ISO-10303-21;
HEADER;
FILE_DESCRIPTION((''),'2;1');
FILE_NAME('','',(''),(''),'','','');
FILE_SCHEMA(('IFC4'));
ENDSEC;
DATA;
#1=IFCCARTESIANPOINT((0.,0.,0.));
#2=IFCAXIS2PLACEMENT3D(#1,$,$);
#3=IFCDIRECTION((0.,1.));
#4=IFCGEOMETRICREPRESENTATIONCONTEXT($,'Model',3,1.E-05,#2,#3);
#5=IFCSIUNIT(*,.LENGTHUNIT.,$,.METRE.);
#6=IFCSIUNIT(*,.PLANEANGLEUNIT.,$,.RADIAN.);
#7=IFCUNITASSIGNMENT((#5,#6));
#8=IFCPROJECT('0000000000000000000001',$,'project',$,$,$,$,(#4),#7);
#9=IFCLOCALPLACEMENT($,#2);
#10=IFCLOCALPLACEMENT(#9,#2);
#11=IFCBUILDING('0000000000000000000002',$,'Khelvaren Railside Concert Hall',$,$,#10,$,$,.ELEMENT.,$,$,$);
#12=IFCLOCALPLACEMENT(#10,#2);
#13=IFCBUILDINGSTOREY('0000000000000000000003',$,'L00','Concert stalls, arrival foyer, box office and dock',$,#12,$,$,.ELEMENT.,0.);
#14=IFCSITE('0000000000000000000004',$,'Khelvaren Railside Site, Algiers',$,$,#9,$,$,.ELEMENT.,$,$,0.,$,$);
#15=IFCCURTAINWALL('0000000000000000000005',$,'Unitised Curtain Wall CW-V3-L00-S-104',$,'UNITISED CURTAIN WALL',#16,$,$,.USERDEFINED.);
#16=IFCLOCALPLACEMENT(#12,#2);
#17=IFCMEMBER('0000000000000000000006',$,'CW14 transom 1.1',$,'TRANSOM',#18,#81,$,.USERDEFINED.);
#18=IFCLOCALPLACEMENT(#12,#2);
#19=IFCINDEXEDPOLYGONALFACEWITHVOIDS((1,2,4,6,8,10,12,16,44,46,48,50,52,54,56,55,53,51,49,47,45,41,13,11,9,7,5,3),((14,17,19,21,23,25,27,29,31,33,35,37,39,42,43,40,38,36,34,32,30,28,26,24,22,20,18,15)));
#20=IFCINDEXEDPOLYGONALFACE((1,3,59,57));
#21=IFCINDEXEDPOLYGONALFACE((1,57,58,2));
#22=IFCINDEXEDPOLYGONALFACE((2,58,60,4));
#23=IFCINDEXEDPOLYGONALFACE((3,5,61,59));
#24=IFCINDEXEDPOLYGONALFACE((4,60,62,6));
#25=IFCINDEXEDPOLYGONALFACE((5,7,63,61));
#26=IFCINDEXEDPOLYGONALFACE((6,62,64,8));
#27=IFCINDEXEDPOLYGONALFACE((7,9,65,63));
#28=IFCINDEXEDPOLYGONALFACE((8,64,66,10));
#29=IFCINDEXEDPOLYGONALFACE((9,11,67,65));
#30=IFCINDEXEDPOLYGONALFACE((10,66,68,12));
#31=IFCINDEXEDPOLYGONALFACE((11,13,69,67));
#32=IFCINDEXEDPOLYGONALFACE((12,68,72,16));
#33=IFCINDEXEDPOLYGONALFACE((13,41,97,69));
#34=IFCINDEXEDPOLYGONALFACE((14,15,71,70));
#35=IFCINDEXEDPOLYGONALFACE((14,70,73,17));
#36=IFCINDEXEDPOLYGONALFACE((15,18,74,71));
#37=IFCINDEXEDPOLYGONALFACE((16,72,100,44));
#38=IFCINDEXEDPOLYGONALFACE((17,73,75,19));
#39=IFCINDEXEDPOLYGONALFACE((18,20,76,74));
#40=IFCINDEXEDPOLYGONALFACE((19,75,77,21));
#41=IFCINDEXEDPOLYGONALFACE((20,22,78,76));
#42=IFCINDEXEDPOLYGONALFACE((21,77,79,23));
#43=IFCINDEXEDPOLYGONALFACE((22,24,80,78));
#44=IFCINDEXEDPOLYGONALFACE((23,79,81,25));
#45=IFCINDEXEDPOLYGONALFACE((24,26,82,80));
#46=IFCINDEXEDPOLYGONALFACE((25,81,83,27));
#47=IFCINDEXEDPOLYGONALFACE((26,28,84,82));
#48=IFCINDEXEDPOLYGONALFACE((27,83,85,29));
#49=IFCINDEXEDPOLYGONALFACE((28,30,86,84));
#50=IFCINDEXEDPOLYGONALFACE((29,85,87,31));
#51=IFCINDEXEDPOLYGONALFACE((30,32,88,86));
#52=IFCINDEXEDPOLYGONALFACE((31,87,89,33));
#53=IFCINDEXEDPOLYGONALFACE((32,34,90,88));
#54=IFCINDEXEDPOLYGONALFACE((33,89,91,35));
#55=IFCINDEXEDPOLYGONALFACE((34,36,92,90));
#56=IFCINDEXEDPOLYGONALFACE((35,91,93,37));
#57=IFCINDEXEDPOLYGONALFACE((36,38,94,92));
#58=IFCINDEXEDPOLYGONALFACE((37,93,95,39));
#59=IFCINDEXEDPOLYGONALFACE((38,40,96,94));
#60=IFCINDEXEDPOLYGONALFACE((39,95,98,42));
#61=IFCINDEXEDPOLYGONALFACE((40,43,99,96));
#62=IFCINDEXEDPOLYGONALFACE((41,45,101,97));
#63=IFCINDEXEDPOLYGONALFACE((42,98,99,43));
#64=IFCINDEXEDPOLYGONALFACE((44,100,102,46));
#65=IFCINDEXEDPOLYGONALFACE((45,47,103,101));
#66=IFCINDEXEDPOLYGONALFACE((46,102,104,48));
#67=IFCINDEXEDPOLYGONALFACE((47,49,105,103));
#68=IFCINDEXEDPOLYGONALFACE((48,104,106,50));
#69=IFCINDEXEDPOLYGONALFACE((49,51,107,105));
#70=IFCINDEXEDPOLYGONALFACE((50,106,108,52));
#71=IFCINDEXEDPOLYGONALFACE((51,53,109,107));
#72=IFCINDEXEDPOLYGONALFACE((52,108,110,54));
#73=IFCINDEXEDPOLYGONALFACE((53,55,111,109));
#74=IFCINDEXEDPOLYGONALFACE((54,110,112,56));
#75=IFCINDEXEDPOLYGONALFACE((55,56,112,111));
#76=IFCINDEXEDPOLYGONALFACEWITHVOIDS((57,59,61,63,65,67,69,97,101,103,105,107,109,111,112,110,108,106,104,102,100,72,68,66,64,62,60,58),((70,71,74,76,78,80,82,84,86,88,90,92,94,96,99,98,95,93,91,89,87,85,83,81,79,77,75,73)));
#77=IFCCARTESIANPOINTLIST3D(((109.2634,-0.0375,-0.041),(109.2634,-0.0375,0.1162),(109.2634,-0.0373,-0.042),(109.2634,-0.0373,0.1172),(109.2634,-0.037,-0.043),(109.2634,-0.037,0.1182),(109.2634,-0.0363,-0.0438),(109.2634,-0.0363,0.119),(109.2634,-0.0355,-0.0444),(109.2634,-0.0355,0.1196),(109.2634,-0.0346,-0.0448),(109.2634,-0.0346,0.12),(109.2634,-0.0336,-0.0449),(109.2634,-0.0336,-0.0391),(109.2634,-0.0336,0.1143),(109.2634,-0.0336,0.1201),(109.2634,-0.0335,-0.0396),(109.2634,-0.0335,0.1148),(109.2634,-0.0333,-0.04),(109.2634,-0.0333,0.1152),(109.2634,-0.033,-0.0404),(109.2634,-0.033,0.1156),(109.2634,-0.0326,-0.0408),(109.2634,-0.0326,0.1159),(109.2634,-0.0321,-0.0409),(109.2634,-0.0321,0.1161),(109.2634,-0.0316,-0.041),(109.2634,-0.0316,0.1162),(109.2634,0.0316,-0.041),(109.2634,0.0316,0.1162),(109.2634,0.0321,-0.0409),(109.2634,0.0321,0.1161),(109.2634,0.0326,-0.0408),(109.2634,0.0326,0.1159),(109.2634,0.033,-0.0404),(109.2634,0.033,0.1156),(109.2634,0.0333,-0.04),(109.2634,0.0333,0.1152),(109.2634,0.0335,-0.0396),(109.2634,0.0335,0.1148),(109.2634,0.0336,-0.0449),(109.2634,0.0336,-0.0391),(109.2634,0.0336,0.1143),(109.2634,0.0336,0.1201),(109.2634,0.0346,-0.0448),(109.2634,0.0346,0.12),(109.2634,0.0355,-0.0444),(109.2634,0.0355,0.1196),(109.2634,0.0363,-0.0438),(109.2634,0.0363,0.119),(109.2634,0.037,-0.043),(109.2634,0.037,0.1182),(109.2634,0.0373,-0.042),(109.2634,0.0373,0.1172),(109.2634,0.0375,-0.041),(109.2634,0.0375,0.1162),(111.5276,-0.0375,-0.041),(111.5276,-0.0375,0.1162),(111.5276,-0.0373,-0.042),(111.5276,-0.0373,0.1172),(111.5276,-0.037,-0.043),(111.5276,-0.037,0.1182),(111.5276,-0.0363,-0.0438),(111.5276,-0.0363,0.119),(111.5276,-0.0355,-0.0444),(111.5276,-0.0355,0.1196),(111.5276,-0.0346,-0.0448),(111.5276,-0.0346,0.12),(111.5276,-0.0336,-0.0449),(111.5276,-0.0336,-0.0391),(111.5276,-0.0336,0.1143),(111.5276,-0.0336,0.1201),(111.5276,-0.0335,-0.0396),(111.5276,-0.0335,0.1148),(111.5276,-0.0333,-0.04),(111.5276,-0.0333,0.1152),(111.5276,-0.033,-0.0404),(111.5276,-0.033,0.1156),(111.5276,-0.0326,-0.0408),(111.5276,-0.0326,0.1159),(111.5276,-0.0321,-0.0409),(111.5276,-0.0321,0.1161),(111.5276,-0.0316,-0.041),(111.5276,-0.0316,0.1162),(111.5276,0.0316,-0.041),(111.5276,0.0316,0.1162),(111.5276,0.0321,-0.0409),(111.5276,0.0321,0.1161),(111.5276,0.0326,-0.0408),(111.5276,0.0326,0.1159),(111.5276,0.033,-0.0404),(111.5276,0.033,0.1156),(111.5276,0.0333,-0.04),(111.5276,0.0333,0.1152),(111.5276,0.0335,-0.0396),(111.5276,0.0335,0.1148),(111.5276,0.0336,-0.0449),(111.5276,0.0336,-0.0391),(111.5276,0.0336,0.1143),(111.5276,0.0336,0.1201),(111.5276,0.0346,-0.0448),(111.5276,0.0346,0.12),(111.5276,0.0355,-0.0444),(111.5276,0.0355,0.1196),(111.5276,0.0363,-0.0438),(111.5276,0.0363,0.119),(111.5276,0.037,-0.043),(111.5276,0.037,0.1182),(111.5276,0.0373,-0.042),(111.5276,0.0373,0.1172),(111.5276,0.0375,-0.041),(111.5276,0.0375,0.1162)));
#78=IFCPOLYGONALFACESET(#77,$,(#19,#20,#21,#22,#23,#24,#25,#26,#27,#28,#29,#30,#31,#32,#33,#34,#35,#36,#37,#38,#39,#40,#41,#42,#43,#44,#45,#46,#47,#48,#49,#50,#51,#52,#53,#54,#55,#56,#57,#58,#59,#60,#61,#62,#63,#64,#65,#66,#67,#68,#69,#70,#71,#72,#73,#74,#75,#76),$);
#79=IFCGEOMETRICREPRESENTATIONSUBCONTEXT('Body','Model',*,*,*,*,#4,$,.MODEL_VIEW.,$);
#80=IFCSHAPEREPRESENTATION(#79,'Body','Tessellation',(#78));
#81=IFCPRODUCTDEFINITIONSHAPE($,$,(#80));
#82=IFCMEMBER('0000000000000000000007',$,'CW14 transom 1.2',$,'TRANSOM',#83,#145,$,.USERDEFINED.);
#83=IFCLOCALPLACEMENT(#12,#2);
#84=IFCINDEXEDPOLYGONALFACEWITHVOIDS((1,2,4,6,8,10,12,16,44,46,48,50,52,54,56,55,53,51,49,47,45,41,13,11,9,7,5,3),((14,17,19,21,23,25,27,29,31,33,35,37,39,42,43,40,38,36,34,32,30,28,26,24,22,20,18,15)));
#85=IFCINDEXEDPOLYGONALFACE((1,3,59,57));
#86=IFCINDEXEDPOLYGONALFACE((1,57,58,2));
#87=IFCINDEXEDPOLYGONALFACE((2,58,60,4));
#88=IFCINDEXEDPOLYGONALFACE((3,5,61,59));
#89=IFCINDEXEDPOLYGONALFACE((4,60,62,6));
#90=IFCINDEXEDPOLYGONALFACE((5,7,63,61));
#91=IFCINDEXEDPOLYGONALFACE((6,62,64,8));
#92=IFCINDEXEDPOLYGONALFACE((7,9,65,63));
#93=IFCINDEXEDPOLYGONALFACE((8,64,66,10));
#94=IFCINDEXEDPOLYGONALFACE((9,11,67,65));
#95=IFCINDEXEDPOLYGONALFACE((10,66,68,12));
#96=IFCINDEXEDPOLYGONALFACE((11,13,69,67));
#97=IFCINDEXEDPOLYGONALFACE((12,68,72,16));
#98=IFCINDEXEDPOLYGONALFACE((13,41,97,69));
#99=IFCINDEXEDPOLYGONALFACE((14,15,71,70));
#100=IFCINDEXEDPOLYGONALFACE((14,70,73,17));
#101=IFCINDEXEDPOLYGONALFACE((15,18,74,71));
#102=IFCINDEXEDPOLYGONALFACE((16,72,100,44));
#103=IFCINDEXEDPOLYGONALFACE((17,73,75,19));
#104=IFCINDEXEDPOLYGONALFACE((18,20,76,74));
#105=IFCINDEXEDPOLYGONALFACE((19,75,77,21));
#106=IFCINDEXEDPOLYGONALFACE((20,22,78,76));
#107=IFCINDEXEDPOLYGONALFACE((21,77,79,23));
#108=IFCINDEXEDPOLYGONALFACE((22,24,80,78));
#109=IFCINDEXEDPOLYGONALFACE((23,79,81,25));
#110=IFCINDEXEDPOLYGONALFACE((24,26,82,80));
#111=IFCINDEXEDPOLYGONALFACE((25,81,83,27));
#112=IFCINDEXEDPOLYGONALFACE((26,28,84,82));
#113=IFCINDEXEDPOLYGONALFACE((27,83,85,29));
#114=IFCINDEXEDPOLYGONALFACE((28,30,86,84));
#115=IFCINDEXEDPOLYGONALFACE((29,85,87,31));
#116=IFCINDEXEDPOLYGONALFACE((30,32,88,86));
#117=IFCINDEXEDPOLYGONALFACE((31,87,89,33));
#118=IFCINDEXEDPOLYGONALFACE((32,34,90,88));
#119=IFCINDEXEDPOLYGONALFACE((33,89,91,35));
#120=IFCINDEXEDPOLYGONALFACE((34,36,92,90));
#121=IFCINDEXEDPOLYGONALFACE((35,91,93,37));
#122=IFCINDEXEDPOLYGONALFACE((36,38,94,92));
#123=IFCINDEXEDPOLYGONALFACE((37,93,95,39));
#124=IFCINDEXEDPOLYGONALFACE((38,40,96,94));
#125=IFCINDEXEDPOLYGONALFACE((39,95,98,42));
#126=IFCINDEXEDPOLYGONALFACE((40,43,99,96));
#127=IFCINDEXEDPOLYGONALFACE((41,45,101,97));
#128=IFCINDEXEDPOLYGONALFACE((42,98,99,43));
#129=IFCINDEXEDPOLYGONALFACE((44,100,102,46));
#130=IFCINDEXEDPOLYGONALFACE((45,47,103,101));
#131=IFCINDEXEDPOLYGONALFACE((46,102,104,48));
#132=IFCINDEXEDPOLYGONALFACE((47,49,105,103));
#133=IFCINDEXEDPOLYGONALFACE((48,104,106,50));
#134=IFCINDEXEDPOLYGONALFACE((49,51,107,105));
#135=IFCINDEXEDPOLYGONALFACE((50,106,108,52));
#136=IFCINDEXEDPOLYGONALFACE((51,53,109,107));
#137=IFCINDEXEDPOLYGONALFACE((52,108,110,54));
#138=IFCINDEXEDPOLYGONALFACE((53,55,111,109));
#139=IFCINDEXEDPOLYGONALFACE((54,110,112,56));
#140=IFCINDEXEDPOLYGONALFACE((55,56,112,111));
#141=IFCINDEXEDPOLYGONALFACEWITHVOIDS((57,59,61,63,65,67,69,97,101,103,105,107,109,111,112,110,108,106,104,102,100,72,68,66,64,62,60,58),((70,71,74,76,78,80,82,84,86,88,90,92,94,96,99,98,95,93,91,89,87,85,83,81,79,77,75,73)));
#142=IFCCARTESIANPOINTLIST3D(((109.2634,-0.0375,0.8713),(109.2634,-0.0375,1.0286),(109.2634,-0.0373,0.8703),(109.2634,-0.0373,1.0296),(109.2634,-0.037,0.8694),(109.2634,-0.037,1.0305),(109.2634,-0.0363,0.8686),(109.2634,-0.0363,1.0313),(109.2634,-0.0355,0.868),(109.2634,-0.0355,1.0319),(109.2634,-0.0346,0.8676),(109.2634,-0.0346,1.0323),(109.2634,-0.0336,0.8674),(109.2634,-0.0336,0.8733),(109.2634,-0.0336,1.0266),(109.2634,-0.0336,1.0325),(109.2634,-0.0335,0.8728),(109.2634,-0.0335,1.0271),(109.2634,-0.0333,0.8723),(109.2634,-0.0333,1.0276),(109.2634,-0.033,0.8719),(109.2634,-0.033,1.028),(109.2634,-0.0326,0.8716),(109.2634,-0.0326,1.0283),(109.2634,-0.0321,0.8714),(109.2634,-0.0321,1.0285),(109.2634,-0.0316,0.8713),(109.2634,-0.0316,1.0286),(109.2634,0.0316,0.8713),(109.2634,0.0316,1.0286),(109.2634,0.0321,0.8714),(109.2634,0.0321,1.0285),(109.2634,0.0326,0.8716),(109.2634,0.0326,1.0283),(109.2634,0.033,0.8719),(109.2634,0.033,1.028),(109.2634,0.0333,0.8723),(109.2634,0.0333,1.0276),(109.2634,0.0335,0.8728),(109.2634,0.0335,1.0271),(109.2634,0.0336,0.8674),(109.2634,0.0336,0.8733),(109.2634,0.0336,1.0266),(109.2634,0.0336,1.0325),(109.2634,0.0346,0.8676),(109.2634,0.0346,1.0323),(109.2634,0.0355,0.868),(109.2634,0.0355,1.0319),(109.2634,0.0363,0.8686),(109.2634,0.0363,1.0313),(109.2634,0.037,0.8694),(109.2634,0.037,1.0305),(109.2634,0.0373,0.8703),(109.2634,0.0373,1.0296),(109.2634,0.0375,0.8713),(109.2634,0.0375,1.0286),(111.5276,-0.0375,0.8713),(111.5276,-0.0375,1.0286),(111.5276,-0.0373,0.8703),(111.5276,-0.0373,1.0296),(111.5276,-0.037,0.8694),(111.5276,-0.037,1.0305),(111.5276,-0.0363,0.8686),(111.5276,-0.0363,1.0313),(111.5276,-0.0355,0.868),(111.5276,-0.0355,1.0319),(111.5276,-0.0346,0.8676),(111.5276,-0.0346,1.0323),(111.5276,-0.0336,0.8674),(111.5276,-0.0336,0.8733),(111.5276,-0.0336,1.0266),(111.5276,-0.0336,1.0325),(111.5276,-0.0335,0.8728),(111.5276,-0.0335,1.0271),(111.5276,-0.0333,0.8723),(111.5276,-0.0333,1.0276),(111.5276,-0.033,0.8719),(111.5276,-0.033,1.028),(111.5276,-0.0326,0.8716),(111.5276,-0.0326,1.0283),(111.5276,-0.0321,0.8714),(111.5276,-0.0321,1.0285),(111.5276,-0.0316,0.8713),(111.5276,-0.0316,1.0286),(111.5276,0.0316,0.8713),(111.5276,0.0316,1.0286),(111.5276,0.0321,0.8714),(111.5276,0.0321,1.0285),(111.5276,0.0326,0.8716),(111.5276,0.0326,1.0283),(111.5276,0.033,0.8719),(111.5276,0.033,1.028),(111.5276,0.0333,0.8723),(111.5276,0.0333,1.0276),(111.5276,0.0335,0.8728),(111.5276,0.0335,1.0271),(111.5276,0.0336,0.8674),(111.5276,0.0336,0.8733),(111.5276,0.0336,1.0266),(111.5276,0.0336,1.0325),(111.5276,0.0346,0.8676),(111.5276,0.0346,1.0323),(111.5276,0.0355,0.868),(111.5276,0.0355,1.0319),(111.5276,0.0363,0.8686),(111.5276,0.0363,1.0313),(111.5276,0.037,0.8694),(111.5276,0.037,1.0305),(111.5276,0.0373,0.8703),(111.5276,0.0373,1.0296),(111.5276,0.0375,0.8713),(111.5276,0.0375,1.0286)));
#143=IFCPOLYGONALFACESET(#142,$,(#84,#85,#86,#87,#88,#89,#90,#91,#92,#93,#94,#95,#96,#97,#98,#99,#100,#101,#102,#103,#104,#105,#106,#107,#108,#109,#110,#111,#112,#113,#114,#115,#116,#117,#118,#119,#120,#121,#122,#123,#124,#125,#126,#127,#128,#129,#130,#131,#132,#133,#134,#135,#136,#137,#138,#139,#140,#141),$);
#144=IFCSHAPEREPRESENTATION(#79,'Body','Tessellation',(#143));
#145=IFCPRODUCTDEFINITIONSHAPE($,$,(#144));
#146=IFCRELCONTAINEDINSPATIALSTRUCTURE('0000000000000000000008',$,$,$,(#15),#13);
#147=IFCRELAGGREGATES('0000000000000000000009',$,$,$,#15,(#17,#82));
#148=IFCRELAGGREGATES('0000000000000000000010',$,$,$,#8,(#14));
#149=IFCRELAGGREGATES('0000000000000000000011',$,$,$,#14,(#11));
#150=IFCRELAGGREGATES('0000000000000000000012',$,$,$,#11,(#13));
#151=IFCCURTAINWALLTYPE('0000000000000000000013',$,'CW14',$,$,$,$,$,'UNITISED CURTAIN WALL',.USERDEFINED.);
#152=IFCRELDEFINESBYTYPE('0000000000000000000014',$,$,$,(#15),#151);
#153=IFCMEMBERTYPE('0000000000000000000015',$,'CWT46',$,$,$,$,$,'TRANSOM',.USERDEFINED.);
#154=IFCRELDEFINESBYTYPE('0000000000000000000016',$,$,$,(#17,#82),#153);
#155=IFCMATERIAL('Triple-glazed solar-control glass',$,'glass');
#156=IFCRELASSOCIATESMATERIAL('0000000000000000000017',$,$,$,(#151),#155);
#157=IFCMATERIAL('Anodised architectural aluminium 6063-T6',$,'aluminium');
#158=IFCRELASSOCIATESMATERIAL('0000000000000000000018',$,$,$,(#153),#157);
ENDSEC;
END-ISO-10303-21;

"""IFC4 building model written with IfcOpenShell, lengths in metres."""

from ifc_helpers import new_model, si_unit, direction, frame, origin, origin_2d, place, context, subcontext, project, spatial, hollow_rectangle, extrude, material, material_profile, profile_set, type_object, element, aggregate, save


model = new_model("IFC4")

# Units and contexts
model_context = context("Model", 3, precision=1e-05, world=origin(), true_north=direction((0.0, 1.0)))
body_context = subcontext(model_context, "Body", "Model", "MODEL_VIEW")
ifc_project = project(units=[si_unit("LENGTHUNIT", "METRE"), si_unit("PLANEANGLEUNIT", "RADIAN")], contexts=[model_context])

# Site, building, storey
site_placement = place(None, origin())
site = spatial("IfcSite", under=ifc_project, at=site_placement, Name="Khelvaren Railside Site, Algiers", CompositionType="ELEMENT", RefElevation=0.0)
building_placement = place(site_placement, origin())
building = spatial("IfcBuilding", under=site, at=building_placement, Name="Khelvaren Railside Concert Hall", CompositionType="ELEMENT")
storey_placement = place(building_placement, origin())
storey = spatial("IfcBuildingStorey", under=building, at=storey_placement, Name="L00", Description="Concert stalls, arrival foyer, box office and dock", CompositionType="ELEMENT", Elevation=0.0)

# Curtain wall
ifc_material_1 = material(Name="Triple-glazed solar-control glass", Category="glass")
curtain_wall_type_1 = type_object("IfcCurtainWallType", Name="CW14", ElementType="UNITISED CURTAIN WALL", PredefinedType="USERDEFINED", material=ifc_material_1)
curtain_wall_1_placement = place(storey_placement, origin())
curtain_wall_1 = element("IfcCurtainWall", 1, at=curtain_wall_1_placement, inside=storey, type_object=curtain_wall_type_1, Name="Unitised Curtain Wall CW-V3-L00-S-104", ObjectType="UNITISED CURTAIN WALL", PredefinedType="USERDEFINED")
ifc_material_2 = material(Name="Anodised architectural aluminium 6063-T6", Category="aluminium")

# Members
ifc_material_profile_1 = material_profile(ifc_material_2, hollow_rectangle(XDim=0.075, YDim=0.165, WallThickness=0.0039, InnerFilletRadius=0.002, OuterFilletRadius=0.0039, at=origin_2d()), Name="CWT 75x165x4")
ifc_profile_set_1 = profile_set([ifc_material_profile_1], Name="Anodised architectural aluminium 6063-T6")
member_type_1 = type_object("IfcMemberType", Name="CWT46", ElementType="TRANSOM", PredefinedType="USERDEFINED", material=ifc_profile_set_1)
member_1_placement = place(storey_placement, frame((111.5276, 0.0, 0.0376), z_axis=(-1.0, 0.0, 0.0), x_axis=(0.0, -1.0, 0.0)))
member_1 = element("IfcMember", 2, at=member_1_placement, type_object=member_type_1, Name="CW14 transom 1.1", ObjectType="TRANSOM", PredefinedType="USERDEFINED", context=body_context, shape_type="SweptSolid", body=[
    extrude(hollow_rectangle(XDim=0.075, YDim=0.165, WallThickness=0.0039, InnerFilletRadius=0.002, OuterFilletRadius=0.0039, at=origin_2d()), origin(), (0.0, 0.0, 1.0), 2.2642),
])
member_2_placement = place(storey_placement, frame((111.5276, 0.0, 0.95), z_axis=(-1.0, 0.0, 0.0), x_axis=(0.0, -1.0, 0.0)))
member_2 = element("IfcMember", 3, at=member_2_placement, type_object=member_type_1, Name="CW14 transom 1.2", ObjectType="TRANSOM", PredefinedType="USERDEFINED", context=body_context, shape_type="SweptSolid", body=[
    extrude(hollow_rectangle(XDim=0.075, YDim=0.165, WallThickness=0.0039, InnerFilletRadius=0.002, OuterFilletRadius=0.0039, at=origin_2d()), origin(), (0.0, 0.0, 1.0), 2.2642),
])

aggregate(curtain_wall_1, [member_1, member_2])

save(model, "model.ifc")
